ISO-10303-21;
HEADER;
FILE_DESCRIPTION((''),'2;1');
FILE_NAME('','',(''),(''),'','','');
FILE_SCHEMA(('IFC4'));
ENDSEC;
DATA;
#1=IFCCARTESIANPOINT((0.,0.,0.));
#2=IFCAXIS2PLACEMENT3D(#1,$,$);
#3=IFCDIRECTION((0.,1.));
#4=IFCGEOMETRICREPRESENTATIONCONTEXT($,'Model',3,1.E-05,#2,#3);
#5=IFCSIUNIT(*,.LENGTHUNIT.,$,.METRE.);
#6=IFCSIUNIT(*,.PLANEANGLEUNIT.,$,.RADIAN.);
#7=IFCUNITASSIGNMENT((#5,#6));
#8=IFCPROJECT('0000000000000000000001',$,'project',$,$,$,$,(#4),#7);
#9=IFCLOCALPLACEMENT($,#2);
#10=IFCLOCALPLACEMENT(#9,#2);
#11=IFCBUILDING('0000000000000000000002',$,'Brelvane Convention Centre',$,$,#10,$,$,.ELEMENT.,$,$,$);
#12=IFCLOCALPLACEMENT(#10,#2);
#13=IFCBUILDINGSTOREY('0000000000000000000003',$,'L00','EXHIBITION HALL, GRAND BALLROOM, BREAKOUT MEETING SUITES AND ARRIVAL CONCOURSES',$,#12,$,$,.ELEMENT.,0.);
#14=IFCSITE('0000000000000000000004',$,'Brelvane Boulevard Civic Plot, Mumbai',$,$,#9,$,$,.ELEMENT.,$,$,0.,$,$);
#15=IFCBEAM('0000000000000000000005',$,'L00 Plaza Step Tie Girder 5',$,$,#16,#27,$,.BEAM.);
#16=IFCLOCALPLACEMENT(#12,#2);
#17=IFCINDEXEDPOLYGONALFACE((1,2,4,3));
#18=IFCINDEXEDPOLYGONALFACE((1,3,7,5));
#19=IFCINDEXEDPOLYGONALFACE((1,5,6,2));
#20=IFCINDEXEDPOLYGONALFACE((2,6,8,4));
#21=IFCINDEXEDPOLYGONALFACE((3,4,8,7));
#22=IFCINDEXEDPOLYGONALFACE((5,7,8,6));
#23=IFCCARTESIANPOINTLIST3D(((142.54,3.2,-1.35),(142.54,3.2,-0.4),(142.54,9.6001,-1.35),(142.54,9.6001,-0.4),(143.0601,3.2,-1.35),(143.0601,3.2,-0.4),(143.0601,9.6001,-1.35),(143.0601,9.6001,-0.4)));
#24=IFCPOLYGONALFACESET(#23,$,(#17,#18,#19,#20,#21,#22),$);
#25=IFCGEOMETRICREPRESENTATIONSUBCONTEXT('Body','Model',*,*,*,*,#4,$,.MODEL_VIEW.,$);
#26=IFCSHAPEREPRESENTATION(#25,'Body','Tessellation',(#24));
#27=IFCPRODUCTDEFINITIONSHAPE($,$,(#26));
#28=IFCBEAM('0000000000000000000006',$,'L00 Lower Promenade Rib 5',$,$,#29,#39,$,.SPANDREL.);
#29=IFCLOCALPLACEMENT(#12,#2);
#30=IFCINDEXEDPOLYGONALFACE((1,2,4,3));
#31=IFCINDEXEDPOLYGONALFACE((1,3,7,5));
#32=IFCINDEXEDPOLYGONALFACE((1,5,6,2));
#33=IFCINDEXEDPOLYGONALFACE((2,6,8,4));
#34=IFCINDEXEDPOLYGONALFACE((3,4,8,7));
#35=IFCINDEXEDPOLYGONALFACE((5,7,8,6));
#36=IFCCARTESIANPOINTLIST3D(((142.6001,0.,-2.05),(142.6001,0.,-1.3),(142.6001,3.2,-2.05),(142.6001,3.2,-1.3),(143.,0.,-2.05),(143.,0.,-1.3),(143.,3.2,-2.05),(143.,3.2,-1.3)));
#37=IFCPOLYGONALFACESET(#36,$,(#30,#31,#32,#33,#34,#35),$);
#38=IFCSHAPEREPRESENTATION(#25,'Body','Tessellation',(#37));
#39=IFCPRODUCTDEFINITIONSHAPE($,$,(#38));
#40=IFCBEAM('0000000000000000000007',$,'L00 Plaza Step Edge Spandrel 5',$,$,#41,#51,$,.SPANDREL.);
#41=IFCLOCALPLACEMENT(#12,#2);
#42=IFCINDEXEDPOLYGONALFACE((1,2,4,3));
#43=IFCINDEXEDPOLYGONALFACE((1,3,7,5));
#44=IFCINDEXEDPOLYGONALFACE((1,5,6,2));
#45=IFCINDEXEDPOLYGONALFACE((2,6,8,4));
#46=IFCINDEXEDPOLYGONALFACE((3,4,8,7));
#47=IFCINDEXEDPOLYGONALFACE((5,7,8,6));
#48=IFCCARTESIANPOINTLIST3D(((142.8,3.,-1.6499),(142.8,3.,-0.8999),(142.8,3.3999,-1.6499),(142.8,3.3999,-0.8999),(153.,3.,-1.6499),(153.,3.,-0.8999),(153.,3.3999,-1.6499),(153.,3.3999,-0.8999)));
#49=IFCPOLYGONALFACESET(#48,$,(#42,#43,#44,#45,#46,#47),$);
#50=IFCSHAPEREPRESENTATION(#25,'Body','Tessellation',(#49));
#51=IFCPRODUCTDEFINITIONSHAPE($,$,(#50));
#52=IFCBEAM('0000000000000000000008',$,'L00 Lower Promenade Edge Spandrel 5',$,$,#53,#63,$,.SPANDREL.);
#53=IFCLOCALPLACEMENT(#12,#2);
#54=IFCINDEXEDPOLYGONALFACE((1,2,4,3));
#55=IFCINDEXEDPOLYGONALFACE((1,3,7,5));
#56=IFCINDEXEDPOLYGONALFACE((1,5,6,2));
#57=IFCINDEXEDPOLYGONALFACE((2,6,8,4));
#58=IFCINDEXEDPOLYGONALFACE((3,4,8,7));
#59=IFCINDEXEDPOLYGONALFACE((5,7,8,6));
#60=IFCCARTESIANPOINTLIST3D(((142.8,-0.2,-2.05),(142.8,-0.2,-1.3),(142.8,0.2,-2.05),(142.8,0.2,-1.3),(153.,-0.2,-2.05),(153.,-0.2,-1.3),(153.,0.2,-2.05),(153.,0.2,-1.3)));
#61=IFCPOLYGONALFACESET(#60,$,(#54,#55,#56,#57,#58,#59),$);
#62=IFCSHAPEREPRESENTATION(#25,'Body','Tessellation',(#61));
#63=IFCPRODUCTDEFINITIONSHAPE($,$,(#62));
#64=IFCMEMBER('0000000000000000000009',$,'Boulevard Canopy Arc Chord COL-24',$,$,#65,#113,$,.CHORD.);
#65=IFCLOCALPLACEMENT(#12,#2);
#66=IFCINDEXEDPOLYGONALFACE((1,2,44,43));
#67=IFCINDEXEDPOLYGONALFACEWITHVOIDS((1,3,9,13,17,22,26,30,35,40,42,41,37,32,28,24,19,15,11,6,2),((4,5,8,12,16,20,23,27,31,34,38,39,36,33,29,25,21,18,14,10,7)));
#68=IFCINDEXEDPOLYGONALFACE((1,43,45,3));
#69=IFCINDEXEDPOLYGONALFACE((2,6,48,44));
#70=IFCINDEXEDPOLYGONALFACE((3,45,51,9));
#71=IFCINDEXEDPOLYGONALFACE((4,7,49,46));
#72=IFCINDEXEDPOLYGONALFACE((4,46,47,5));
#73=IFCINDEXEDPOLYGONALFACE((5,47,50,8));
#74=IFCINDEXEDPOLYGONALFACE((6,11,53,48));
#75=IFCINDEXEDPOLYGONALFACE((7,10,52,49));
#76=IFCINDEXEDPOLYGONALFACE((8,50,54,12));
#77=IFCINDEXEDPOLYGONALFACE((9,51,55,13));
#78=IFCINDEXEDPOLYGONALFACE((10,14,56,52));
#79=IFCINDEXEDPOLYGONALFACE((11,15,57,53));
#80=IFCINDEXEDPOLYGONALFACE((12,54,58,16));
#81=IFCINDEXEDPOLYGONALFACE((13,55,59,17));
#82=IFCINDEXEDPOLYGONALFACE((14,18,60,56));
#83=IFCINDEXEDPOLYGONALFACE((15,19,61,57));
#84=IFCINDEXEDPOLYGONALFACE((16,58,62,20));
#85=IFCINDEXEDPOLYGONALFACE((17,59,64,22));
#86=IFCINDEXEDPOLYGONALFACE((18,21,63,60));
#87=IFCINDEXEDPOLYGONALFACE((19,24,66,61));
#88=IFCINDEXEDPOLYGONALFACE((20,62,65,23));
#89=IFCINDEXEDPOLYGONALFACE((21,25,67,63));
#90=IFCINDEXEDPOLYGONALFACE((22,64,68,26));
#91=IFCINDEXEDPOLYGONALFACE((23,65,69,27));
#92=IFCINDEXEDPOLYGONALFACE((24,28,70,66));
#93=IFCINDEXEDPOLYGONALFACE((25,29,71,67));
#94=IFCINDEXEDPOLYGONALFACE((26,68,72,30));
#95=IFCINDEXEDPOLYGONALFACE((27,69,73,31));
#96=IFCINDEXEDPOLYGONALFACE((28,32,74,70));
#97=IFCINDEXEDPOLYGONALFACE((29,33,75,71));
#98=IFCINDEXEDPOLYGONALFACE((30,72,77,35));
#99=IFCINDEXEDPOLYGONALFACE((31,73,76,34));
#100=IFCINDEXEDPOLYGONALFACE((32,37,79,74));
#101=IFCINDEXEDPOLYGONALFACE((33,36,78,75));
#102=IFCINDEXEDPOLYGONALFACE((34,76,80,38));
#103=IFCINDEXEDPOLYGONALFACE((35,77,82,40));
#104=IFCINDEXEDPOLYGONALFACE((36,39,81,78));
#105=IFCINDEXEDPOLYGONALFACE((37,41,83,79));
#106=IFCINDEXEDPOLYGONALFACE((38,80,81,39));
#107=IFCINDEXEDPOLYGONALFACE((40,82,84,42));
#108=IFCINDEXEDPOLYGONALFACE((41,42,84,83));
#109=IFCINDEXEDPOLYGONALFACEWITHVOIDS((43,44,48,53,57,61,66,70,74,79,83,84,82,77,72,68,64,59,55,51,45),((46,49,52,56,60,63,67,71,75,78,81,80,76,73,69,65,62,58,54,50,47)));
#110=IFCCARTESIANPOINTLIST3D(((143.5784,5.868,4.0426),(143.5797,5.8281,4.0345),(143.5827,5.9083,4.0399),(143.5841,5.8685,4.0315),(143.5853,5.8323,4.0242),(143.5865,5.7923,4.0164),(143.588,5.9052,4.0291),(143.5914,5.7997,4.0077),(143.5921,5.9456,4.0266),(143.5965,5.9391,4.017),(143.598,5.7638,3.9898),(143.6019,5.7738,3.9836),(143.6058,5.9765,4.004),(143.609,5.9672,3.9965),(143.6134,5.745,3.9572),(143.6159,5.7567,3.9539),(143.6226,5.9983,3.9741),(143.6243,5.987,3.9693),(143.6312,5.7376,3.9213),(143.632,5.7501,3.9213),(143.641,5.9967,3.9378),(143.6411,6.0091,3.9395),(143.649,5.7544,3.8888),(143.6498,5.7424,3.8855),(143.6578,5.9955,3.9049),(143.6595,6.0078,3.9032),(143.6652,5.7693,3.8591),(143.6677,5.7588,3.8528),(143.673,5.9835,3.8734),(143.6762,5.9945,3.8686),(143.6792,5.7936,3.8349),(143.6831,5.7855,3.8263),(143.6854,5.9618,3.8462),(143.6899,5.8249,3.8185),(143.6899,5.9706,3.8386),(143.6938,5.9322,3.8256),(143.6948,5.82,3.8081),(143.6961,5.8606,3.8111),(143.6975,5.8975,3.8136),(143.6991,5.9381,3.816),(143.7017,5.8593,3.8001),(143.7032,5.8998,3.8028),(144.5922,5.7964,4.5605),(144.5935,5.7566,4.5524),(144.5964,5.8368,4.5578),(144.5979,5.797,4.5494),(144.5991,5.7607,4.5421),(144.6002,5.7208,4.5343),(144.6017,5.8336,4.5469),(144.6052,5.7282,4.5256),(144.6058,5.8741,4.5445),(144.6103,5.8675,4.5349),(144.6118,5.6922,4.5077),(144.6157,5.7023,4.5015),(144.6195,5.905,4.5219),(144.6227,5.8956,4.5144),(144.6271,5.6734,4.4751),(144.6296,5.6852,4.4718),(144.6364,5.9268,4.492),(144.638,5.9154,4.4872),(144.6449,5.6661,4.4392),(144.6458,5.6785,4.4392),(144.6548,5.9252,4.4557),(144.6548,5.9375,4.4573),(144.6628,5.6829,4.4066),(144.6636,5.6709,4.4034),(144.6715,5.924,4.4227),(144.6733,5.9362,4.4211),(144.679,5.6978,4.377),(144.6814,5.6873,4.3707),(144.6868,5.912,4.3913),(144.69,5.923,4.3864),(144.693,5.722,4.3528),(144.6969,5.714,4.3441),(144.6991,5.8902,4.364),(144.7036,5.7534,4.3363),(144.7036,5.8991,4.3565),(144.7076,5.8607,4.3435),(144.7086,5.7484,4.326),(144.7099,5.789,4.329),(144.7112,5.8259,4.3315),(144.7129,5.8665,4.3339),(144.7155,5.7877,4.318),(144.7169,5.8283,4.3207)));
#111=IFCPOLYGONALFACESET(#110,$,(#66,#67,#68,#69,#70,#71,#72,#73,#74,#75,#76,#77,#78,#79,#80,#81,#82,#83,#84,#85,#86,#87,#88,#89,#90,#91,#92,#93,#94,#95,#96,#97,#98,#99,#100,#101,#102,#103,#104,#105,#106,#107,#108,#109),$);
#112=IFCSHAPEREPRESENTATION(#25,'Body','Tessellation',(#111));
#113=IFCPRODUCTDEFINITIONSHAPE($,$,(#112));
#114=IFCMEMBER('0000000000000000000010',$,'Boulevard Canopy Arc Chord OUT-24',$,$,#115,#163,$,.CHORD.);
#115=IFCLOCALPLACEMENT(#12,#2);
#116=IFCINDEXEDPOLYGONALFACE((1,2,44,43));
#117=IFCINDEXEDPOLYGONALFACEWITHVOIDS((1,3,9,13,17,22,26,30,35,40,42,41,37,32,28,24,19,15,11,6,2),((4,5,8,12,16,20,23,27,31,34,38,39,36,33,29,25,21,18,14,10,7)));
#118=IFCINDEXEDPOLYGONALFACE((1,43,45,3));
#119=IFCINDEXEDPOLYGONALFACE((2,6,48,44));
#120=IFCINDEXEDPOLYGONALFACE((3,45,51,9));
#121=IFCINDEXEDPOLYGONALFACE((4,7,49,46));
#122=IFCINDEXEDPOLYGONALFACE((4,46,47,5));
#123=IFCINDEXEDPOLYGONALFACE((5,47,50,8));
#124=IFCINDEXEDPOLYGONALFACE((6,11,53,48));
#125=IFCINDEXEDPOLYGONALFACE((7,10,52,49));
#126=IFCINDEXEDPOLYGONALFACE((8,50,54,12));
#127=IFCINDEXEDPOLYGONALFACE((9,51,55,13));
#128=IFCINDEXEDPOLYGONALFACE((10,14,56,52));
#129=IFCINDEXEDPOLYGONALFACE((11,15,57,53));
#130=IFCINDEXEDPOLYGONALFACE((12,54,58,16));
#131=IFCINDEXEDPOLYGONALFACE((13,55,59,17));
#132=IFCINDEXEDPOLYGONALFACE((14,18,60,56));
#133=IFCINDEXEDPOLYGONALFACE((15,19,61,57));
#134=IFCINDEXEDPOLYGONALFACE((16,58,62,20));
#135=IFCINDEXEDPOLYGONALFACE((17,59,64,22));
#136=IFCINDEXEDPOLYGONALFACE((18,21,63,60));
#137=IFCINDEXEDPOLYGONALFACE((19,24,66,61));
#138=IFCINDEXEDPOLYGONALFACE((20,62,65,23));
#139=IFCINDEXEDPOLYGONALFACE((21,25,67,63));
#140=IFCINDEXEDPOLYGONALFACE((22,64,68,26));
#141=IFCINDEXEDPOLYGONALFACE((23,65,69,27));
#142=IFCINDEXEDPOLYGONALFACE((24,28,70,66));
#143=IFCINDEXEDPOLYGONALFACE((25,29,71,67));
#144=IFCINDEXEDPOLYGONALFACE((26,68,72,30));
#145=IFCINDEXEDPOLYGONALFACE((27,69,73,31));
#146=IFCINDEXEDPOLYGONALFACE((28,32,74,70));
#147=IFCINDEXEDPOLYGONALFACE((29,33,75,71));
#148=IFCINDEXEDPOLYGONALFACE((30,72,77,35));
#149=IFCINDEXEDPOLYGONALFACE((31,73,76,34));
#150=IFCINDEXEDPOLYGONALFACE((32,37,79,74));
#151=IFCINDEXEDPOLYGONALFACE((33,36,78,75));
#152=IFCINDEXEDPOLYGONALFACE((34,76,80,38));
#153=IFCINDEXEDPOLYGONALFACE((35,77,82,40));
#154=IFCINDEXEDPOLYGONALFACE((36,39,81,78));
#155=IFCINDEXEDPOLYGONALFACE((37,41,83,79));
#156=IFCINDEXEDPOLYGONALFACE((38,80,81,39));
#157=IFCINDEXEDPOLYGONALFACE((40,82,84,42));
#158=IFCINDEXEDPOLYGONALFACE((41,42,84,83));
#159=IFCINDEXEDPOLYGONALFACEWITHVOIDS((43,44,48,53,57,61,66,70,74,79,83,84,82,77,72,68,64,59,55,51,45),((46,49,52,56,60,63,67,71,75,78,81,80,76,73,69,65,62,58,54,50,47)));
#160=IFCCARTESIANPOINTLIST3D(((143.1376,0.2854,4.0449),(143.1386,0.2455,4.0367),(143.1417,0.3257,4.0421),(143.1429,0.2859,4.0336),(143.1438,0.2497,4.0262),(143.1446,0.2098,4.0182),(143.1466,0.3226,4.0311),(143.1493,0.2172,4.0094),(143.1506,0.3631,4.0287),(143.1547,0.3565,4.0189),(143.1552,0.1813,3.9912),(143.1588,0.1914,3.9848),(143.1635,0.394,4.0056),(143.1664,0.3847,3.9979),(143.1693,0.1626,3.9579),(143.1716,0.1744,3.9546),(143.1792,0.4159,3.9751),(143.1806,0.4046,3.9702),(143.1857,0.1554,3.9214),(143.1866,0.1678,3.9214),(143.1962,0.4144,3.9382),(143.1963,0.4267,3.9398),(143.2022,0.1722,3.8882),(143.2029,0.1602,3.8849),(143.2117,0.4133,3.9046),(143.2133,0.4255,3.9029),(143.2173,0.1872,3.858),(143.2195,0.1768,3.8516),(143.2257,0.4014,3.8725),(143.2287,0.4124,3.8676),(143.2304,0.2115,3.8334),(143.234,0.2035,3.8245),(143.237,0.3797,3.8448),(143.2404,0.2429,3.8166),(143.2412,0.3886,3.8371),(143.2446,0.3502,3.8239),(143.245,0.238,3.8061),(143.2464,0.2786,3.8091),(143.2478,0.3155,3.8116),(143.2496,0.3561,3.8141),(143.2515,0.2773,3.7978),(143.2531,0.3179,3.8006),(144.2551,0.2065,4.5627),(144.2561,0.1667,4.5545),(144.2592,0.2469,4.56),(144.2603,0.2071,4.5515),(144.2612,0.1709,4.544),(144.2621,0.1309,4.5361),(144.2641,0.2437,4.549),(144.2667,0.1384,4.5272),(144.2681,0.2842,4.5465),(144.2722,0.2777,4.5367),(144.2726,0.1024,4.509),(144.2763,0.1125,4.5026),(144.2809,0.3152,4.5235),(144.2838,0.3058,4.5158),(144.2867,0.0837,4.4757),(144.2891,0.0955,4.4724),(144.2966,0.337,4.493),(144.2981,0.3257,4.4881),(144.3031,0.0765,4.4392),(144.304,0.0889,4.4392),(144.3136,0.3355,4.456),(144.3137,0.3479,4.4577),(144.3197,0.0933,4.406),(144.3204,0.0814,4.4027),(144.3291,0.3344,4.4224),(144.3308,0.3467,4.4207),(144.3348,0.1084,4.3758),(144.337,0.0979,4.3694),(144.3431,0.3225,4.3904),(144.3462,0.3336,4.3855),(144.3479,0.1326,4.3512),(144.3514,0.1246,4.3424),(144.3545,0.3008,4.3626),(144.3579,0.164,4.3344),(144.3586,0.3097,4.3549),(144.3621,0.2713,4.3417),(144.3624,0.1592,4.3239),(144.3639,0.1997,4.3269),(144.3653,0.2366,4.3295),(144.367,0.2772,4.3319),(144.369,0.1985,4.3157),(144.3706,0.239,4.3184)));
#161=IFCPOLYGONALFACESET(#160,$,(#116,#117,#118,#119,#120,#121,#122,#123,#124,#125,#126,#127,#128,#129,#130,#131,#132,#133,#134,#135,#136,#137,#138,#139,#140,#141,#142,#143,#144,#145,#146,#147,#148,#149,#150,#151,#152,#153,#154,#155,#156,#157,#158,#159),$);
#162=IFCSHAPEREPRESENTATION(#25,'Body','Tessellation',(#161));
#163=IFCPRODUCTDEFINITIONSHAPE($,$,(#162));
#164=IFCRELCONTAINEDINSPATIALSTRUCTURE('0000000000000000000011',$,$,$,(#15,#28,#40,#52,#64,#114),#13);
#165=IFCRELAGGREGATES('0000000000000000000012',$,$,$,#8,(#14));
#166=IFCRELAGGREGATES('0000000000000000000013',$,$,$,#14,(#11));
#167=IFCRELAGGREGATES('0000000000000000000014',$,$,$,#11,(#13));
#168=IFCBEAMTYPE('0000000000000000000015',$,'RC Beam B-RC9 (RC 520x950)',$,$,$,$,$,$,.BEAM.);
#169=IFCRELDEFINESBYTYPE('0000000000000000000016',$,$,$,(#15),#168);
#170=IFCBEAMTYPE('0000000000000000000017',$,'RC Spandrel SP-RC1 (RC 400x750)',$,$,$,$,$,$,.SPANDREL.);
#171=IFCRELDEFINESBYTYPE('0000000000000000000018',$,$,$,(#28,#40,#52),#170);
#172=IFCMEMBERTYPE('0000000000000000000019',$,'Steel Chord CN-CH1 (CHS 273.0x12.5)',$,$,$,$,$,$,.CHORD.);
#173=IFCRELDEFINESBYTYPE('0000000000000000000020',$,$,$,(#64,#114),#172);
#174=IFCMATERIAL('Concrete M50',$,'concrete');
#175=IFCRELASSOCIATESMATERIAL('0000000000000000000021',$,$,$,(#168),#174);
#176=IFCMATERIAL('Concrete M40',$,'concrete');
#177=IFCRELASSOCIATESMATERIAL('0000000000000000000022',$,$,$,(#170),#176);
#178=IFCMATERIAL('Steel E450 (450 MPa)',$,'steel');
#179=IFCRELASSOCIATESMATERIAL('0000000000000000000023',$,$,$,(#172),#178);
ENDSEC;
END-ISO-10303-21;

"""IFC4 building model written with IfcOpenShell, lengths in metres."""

from ifc_helpers import new_model, si_unit, direction, frame, origin, origin_2d, place, context, subcontext, project, spatial, rectangle, hollow_circle, extrude, material, material_profile, profile_set, type_object, element, save


model = new_model("IFC4")

# Units and contexts
model_context = context("Model", 3, precision=1e-05, world=origin(), true_north=direction((0.0, 1.0)))
body_context = subcontext(model_context, "Body", "Model", "MODEL_VIEW")
ifc_project = project(units=[si_unit("LENGTHUNIT", "METRE"), si_unit("PLANEANGLEUNIT", "RADIAN")], contexts=[model_context])

# Site, building, storey
site_placement = place(None, origin())
site = spatial("IfcSite", under=ifc_project, at=site_placement, Name="Brelvane Boulevard Civic Plot, Mumbai", CompositionType="ELEMENT", RefElevation=0.0)
building_placement = place(site_placement, origin())
building = spatial("IfcBuilding", under=site, at=building_placement, Name="Brelvane Convention Centre", CompositionType="ELEMENT")
storey_placement = place(building_placement, origin())
storey = spatial("IfcBuildingStorey", under=building, at=storey_placement, Name="L00", Description="EXHIBITION HALL, GRAND BALLROOM, BREAKOUT MEETING SUITES AND ARRIVAL CONCOURSES", CompositionType="ELEMENT", Elevation=0.0)

# Beams
ifc_material_1 = material(Name="Concrete M50", Category="concrete")
ifc_material_profile_1 = material_profile(ifc_material_1, rectangle(XDim=0.52, YDim=0.95, at=origin_2d()), Name="RC 520x950")
ifc_profile_set_1 = profile_set([ifc_material_profile_1], Name="Concrete M50")
beam_type_1 = type_object("IfcBeamType", Name="RC Beam B-RC9 (RC 520x950)", PredefinedType="BEAM", material=ifc_profile_set_1)
beam_1_placement = place(storey_placement, frame((142.8, 3.2, -0.875), z_axis=(0.0, 1.0, 0.0), x_axis=(-1.0, 0.0, 0.0)))
element("IfcBeam", 1, at=beam_1_placement, inside=storey, type_object=beam_type_1, Name="L00 Plaza Step Tie Girder 5", PredefinedType="BEAM", context=body_context, shape_type="SweptSolid", body=[
    extrude(rectangle(XDim=0.52, YDim=0.95, at=origin_2d()), origin(), (0.0, 0.0, 1.0), 6.4001),
])
ifc_material_2 = material(Name="Concrete M40", Category="concrete")
ifc_material_profile_2 = material_profile(ifc_material_2, rectangle(XDim=0.3999, YDim=0.75, at=origin_2d()), Name="RC 400x750")
ifc_profile_set_2 = profile_set([ifc_material_profile_2], Name="Concrete M40")
beam_type_2 = type_object("IfcBeamType", Name="RC Spandrel SP-RC1 (RC 400x750)", PredefinedType="SPANDREL", material=ifc_profile_set_2)
beam_2_placement = place(storey_placement, frame((142.8, 0.0, -1.675), z_axis=(0.0, 1.0, 0.0), x_axis=(-1.0, 0.0, 0.0)))
element("IfcBeam", 2, at=beam_2_placement, inside=storey, type_object=beam_type_2, Name="L00 Lower Promenade Rib 5", PredefinedType="SPANDREL", context=body_context, shape_type="SweptSolid", body=[
    extrude(rectangle(XDim=0.3999, YDim=0.75, at=origin_2d()), origin(), (0.0, 0.0, 1.0), 3.2),
])
for number, where, z_axis, x_axis, name in (
    (3, (142.8, 3.2, -1.2749), (1.0, 0.0, 0.0), (0.0, 1.0, 0.0), "L00 Plaza Step Edge Spandrel 5"),
    (4, (142.8, 0.0, -1.675), (1.0, 0.0, 0.0), (0.0, 1.0, 0.0), "L00 Lower Promenade Edge Spandrel 5"),
):
    element("IfcBeam", number, at=place(storey_placement, frame(where, z_axis=z_axis, x_axis=x_axis)), inside=storey, type_object=beam_type_2, Name=name, PredefinedType="SPANDREL", context=body_context, shape_type="SweptSolid", body=[
        extrude(rectangle(XDim=0.3999, YDim=0.75, at=origin_2d()), origin(), (0.0, 0.0, 1.0), 10.2),
    ])

# Members
ifc_material_3 = material(Name="Steel E450 (450 MPa)", Category="steel")
ifc_material_profile_3 = material_profile(ifc_material_3, hollow_circle(Radius=0.1365, WallThickness=0.0125, at=origin_2d()), Name="CHS 273.0x12.5")
ifc_profile_set_3 = profile_set([ifc_material_profile_3], Name="Steel E450 (450 MPa)")
member_type_1 = type_object("IfcMemberType", Name="Steel Chord CN-CH1 (CHS 273.0x12.5)", PredefinedType="CHORD", material=ifc_profile_set_3)
member_1_placement = place(storey_placement, frame((144.6545, 5.8022, 4.4392), z_axis=(-0.88878, 0.06272, -0.454023), x_axis=(-0.070393, -0.997519, 0.0)))
element("IfcMember", 5, at=member_1_placement, inside=storey, type_object=member_type_1, Name="Boulevard Canopy Arc Chord COL-24", PredefinedType="CHORD", context=body_context, shape_type="SweptSolid", body=[
    extrude(hollow_circle(Radius=0.1365, WallThickness=0.0125, at=origin_2d()), origin(), (0.0, 0.0, 1.0), 1.1406),
])
member_2_placement = place(storey_placement, frame((144.3127, 0.2126, 4.4392), z_axis=(-0.90546, 0.063899, -0.419594), x_axis=(-0.070395, -0.997519, 0.0)))
element("IfcMember", 6, at=member_2_placement, inside=storey, type_object=member_type_1, Name="Boulevard Canopy Arc Chord OUT-24", PredefinedType="CHORD", context=body_context, shape_type="SweptSolid", body=[
    extrude(hollow_circle(Radius=0.1365, WallThickness=0.0125, at=origin_2d()), origin(), (0.0, 0.0, 1.0), 1.2341),
])

save(model, "model.ifc")
